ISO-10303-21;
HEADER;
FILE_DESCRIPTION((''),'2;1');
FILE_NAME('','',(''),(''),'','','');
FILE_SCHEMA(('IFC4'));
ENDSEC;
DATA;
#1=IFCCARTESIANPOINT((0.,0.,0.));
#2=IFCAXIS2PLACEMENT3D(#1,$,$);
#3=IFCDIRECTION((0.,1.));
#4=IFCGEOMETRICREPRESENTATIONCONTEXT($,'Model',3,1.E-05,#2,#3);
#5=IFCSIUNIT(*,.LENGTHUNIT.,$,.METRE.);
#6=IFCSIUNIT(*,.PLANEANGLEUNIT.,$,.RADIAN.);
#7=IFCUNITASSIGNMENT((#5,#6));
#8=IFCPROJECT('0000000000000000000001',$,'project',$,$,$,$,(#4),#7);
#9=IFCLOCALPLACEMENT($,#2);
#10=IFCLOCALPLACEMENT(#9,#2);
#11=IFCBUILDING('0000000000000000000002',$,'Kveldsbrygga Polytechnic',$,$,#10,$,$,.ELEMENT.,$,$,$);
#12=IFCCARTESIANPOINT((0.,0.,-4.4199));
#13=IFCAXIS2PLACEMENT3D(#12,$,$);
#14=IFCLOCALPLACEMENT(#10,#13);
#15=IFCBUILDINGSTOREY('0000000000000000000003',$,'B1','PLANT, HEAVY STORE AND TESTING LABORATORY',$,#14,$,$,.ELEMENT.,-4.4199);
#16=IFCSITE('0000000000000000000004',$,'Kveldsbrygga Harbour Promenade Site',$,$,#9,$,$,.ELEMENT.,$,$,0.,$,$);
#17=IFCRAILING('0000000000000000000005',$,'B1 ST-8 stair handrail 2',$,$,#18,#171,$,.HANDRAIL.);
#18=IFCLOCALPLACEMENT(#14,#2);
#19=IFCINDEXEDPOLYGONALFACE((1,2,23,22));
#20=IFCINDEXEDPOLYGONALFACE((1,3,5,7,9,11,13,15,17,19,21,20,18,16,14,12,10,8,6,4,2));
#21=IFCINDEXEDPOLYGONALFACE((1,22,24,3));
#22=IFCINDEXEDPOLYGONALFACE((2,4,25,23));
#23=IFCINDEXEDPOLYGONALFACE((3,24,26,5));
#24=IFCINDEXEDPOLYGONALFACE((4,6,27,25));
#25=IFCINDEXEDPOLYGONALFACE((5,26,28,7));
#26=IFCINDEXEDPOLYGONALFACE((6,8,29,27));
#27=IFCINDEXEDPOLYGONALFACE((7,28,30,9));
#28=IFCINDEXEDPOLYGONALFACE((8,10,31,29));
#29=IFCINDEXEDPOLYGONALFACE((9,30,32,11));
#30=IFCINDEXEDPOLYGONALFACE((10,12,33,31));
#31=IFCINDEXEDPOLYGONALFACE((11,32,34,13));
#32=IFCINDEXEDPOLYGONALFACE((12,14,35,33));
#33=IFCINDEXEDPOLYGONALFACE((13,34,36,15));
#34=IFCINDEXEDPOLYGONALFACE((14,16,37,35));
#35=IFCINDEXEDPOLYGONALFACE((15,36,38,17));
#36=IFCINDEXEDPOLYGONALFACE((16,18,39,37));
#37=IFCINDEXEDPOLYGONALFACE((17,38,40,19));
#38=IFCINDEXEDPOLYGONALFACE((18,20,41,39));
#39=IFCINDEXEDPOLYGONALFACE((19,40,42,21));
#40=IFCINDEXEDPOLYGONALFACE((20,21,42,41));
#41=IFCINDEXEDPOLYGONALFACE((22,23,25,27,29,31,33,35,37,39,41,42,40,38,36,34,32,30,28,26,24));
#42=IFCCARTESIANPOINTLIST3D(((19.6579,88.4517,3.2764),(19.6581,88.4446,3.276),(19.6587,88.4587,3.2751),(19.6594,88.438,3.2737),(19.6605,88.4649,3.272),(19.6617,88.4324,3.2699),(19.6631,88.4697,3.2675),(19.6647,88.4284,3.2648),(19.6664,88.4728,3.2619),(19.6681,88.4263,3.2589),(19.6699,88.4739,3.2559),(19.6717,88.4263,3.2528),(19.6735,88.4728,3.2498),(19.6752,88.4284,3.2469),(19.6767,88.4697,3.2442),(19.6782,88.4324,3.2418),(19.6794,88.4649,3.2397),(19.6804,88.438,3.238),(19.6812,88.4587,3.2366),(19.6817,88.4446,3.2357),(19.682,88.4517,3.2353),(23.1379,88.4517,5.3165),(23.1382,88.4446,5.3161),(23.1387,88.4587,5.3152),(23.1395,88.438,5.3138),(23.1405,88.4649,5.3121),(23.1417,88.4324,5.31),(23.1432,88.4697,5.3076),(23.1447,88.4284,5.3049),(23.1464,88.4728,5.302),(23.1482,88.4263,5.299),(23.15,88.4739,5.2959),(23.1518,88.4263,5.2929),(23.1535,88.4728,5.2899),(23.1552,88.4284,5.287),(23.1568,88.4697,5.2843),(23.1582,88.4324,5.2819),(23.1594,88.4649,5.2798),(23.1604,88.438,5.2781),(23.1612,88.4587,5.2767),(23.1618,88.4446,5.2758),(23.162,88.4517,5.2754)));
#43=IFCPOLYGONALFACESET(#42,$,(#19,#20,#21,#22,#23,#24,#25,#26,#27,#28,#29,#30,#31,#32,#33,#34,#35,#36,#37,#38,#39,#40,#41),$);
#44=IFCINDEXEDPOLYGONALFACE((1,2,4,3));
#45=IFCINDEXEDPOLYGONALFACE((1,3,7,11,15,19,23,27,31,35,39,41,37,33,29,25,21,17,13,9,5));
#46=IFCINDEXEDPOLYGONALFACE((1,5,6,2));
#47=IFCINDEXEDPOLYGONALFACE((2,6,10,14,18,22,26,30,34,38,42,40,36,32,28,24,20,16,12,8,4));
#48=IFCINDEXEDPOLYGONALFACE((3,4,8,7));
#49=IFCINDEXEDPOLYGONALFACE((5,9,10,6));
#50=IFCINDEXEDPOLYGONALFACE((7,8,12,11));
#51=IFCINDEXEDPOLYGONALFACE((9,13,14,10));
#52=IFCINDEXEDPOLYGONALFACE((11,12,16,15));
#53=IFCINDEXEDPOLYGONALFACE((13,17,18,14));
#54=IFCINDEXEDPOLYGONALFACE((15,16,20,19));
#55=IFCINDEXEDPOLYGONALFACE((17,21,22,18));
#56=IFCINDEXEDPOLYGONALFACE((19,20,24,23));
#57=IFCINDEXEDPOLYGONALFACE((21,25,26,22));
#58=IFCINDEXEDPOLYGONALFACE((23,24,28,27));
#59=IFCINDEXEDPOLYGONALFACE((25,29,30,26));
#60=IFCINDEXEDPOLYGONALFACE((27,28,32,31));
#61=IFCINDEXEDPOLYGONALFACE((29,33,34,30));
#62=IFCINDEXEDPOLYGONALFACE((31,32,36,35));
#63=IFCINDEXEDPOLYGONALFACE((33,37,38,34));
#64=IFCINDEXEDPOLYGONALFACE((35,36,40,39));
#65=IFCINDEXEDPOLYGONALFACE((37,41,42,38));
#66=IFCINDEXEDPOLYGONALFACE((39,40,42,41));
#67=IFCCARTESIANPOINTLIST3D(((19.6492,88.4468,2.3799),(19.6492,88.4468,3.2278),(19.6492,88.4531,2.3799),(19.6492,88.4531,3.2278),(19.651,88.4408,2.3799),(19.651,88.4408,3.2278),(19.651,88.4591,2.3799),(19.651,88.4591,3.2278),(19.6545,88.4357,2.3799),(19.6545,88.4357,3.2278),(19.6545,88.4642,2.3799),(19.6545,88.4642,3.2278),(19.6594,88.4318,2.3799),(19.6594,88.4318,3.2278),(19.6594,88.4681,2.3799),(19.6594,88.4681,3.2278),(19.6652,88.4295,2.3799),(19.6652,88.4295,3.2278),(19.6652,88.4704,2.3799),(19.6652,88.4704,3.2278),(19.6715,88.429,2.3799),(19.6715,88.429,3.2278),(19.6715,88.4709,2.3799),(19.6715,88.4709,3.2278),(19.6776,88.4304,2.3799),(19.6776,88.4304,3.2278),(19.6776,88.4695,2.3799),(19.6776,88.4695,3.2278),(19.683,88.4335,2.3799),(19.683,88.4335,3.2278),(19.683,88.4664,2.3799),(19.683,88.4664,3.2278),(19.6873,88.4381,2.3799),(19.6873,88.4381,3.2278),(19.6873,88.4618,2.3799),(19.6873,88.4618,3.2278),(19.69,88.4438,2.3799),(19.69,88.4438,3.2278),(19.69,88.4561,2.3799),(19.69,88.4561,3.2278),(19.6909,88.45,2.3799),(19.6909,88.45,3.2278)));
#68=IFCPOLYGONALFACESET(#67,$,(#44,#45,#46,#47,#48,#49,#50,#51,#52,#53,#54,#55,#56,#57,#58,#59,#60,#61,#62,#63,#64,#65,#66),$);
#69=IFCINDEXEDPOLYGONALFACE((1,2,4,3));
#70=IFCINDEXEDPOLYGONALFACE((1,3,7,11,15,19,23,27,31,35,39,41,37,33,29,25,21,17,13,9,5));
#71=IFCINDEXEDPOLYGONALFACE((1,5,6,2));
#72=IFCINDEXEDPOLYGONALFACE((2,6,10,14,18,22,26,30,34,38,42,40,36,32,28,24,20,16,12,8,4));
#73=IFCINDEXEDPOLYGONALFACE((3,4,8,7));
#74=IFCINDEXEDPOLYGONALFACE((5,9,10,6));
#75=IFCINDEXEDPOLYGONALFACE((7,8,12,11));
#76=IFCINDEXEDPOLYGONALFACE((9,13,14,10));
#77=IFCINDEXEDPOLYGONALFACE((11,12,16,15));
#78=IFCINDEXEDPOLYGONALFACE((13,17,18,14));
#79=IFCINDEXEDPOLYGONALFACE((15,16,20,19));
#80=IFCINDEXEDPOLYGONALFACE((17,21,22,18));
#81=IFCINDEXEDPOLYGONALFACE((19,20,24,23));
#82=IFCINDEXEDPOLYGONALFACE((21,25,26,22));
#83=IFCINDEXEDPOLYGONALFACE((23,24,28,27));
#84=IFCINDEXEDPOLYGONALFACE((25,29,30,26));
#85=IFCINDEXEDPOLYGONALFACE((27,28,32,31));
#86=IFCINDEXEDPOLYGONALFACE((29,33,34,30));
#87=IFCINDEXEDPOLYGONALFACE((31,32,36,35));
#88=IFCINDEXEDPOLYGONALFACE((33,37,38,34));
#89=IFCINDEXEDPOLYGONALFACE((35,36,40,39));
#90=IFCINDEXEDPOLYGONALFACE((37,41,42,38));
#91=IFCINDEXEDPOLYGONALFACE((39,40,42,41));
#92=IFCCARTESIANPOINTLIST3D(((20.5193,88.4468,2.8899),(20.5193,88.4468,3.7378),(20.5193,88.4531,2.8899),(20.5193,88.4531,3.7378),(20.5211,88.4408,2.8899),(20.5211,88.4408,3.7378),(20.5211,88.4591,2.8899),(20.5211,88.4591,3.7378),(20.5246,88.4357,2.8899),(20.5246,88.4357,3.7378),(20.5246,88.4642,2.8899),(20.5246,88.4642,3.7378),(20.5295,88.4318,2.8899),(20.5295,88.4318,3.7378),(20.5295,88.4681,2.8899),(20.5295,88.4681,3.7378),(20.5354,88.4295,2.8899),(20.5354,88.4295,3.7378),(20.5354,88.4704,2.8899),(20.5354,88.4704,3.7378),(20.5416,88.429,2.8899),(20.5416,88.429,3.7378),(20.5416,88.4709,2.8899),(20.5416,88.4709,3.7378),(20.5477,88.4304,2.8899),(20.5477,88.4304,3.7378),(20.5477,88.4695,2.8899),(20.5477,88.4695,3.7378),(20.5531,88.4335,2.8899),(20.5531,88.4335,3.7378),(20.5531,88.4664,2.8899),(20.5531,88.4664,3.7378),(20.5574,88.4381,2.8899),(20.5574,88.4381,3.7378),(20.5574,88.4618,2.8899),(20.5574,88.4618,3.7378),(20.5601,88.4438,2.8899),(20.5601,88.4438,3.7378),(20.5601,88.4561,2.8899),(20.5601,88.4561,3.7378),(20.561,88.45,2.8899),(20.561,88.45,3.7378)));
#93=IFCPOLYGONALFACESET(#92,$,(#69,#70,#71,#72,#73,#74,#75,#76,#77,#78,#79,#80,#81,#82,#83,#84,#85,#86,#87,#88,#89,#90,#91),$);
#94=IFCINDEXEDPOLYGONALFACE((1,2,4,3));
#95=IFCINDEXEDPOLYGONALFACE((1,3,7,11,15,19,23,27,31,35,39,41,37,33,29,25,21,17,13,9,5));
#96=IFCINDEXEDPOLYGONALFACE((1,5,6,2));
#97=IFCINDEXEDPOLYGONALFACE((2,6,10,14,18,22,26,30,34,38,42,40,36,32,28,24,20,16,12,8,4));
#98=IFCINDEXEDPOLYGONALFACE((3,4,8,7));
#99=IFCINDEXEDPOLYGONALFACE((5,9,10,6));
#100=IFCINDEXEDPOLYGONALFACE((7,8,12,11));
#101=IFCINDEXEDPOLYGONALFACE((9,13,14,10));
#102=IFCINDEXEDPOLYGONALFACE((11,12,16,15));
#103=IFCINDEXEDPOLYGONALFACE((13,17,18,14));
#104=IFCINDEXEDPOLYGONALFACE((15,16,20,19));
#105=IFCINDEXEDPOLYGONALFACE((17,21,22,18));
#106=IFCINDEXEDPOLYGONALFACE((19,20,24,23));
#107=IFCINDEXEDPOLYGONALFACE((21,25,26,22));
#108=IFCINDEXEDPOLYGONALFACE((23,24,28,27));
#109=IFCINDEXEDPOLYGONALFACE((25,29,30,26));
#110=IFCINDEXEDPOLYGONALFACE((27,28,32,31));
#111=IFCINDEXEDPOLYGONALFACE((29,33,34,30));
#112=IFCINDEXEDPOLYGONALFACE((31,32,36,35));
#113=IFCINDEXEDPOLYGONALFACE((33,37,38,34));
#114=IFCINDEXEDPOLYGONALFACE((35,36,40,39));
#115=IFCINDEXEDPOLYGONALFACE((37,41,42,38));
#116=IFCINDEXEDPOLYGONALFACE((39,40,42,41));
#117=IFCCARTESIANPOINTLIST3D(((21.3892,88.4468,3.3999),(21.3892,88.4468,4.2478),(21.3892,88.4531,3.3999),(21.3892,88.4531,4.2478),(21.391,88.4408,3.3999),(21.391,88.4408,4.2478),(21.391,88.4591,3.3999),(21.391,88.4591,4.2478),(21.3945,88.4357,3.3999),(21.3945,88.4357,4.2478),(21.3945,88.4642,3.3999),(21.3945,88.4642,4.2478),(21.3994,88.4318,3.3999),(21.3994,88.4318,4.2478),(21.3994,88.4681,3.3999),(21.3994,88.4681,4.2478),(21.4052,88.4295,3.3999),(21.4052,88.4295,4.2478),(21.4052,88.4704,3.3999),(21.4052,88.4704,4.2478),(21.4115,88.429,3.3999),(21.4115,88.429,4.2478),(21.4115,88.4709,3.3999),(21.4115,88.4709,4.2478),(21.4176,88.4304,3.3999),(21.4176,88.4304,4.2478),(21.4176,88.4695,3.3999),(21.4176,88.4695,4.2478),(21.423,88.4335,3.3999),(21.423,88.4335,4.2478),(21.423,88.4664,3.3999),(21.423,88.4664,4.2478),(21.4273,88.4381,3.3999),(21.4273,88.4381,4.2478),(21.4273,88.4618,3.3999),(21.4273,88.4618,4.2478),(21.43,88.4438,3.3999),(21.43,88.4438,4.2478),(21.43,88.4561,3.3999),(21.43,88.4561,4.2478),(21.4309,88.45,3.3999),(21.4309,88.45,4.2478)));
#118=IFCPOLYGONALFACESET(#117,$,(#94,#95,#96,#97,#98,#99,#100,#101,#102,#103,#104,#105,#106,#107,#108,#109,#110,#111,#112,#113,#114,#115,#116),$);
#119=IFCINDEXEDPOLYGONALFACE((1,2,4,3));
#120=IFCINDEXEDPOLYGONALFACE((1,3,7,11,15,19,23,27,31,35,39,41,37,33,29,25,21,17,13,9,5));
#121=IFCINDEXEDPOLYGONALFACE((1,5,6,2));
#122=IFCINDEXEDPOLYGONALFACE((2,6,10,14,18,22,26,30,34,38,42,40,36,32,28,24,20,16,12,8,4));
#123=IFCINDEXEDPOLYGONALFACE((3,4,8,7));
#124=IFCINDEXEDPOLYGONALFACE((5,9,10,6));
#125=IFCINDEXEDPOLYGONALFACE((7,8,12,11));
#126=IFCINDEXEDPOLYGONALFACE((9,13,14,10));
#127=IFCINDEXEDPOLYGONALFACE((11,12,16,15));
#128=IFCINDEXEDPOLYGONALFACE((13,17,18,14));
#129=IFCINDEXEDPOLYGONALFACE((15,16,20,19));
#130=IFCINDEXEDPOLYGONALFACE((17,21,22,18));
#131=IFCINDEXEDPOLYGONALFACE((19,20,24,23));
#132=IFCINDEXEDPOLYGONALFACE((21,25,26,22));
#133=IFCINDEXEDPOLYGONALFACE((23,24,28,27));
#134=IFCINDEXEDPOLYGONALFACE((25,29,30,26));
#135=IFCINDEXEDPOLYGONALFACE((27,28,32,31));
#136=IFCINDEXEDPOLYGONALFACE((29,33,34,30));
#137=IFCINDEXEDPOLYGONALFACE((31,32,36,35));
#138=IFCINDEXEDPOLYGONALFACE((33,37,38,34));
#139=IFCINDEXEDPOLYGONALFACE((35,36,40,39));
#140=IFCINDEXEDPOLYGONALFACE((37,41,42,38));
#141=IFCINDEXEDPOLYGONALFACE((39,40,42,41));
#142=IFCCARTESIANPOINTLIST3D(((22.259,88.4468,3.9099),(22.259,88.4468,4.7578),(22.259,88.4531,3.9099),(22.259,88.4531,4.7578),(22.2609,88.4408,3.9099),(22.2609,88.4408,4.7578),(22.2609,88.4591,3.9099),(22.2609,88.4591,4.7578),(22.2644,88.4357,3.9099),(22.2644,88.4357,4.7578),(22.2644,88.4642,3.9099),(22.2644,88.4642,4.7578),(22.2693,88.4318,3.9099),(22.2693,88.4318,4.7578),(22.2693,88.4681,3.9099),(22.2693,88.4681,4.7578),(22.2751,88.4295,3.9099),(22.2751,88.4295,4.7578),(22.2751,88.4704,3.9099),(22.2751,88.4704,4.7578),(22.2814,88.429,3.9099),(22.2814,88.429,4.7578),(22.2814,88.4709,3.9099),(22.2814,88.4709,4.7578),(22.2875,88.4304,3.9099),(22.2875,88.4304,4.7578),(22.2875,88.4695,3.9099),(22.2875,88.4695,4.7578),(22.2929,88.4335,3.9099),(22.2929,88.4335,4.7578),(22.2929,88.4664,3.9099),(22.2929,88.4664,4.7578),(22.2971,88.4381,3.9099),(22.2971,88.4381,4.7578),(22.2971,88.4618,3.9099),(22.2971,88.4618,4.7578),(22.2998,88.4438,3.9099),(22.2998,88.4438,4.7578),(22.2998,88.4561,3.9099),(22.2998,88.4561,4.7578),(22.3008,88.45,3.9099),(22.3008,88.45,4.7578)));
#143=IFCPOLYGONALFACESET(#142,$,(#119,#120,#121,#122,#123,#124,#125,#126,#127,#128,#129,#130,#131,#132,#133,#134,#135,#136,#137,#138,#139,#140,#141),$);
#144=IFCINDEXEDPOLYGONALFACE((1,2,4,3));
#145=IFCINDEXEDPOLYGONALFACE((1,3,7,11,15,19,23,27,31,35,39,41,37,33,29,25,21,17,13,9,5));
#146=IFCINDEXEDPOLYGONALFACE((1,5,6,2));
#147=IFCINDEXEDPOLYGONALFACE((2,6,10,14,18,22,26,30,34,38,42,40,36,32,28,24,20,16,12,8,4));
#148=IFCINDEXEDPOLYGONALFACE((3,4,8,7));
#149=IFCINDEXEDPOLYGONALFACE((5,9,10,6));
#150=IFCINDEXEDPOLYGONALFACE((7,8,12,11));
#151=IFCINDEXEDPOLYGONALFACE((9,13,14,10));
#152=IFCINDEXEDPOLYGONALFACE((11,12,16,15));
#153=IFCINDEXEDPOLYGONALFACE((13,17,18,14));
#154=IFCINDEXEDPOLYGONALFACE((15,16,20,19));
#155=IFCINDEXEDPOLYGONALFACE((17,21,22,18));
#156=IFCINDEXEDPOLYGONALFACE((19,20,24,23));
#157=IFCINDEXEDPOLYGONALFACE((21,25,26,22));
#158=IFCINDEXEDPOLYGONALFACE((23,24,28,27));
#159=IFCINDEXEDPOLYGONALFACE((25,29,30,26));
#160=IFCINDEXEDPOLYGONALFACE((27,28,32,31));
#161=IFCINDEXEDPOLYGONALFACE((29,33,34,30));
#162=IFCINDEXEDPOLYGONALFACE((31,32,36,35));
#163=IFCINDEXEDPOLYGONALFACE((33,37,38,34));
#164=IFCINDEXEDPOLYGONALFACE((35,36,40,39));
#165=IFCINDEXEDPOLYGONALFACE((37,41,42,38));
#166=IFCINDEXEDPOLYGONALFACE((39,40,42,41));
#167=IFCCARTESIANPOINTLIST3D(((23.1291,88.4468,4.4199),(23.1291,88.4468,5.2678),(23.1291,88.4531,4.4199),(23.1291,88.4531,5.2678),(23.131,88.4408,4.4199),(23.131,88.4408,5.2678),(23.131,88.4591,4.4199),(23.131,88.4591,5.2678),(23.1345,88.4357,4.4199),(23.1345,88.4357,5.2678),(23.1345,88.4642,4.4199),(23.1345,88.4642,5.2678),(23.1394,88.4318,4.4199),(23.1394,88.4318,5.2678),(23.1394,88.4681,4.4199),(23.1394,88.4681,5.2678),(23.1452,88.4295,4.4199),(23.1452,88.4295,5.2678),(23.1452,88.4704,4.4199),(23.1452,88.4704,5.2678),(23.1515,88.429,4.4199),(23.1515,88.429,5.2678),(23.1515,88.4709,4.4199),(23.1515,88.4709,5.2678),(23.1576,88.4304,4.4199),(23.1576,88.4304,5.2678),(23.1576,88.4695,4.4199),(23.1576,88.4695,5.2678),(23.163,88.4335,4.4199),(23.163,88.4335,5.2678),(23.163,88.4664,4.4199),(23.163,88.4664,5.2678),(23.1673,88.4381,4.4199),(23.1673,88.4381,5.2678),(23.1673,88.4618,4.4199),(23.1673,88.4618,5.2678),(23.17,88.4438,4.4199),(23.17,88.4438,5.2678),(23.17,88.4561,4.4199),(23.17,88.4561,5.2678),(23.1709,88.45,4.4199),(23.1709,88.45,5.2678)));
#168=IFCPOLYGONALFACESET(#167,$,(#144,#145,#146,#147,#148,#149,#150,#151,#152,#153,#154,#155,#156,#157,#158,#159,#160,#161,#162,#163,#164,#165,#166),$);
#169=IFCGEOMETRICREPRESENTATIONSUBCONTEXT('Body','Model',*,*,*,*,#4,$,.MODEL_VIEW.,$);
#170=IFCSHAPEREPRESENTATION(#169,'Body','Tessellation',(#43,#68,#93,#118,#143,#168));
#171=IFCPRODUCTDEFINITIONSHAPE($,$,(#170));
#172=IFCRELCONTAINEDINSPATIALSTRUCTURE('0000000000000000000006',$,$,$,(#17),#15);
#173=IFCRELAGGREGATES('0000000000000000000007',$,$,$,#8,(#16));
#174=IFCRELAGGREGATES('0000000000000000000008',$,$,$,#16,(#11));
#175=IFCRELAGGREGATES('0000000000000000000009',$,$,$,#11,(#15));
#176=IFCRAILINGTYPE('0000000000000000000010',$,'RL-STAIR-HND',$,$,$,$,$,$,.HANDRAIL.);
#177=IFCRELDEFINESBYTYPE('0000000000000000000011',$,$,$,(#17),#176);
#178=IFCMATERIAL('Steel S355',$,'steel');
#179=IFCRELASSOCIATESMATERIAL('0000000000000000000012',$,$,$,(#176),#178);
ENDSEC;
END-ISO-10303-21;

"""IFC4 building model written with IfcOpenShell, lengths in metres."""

from ifc_helpers import new_model, si_unit, direction, frame, origin, origin_2d, place, context, subcontext, project, spatial, circle, extrude, material, type_object, element, save


model = new_model("IFC4")

# Units and contexts
model_context = context("Model", 3, precision=1e-05, world=origin(), true_north=direction((0.0, 1.0)))
body_context = subcontext(model_context, "Body", "Model", "MODEL_VIEW")
ifc_project = project(units=[si_unit("LENGTHUNIT", "METRE"), si_unit("PLANEANGLEUNIT", "RADIAN")], contexts=[model_context])

# Site, building, storey
site_placement = place(None, origin())
site = spatial("IfcSite", under=ifc_project, at=site_placement, Name="Kveldsbrygga Harbour Promenade Site", CompositionType="ELEMENT", RefElevation=0.0)
building_placement = place(site_placement, origin())
building = spatial("IfcBuilding", under=site, at=building_placement, Name="Kveldsbrygga Polytechnic", CompositionType="ELEMENT")
storey_placement = place(building_placement, frame((0.0, 0.0, -4.4199)))
storey = spatial("IfcBuildingStorey", under=building, at=storey_placement, Name="B1", Description="PLANT, HEAVY STORE AND TESTING LABORATORY", CompositionType="ELEMENT", Elevation=-4.4199)

# Railing
ifc_material_1 = material(Name="Steel S355", Category="steel")
railing_type_1 = type_object("IfcRailingType", Name="RL-STAIR-HND", PredefinedType="HANDRAIL", material=ifc_material_1)
railing_1_placement = place(storey_placement, frame((19.6699, 88.45, 2.3799)))
element("IfcRailing", 1, at=railing_1_placement, inside=storey, type_object=railing_type_1, Name="B1 ST-8 stair handrail 2", PredefinedType="HANDRAIL", context=body_context, shape_type="SweptSolid", body=[
    extrude(circle(Radius=0.0239, at=origin_2d()), frame((0.0, 0.0, 0.876), z_axis=(0.862693, 0.0, 0.505729), x_axis=(0.0, 1.0, 0.0)), (0.0, 0.0, 1.0), 4.0339),
    extrude(circle(Radius=0.021, at=origin_2d()), origin(), (0.0, 0.0, 1.0), 0.8479),
    extrude(circle(Radius=0.021, at=origin_2d()), frame((0.8701, 0.0, 0.51)), (0.0, 0.0, 1.0), 0.8479),
    extrude(circle(Radius=0.021, at=origin_2d()), frame((1.74, 0.0, 1.02)), (0.0, 0.0, 1.0), 0.8479),
    extrude(circle(Radius=0.021, at=origin_2d()), frame((2.6099, 0.0, 1.53)), (0.0, 0.0, 1.0), 0.8479),
    extrude(circle(Radius=0.021, at=origin_2d()), frame((3.48, 0.0, 2.04)), (0.0, 0.0, 1.0), 0.8479),
])

save(model, "model.ifc")
